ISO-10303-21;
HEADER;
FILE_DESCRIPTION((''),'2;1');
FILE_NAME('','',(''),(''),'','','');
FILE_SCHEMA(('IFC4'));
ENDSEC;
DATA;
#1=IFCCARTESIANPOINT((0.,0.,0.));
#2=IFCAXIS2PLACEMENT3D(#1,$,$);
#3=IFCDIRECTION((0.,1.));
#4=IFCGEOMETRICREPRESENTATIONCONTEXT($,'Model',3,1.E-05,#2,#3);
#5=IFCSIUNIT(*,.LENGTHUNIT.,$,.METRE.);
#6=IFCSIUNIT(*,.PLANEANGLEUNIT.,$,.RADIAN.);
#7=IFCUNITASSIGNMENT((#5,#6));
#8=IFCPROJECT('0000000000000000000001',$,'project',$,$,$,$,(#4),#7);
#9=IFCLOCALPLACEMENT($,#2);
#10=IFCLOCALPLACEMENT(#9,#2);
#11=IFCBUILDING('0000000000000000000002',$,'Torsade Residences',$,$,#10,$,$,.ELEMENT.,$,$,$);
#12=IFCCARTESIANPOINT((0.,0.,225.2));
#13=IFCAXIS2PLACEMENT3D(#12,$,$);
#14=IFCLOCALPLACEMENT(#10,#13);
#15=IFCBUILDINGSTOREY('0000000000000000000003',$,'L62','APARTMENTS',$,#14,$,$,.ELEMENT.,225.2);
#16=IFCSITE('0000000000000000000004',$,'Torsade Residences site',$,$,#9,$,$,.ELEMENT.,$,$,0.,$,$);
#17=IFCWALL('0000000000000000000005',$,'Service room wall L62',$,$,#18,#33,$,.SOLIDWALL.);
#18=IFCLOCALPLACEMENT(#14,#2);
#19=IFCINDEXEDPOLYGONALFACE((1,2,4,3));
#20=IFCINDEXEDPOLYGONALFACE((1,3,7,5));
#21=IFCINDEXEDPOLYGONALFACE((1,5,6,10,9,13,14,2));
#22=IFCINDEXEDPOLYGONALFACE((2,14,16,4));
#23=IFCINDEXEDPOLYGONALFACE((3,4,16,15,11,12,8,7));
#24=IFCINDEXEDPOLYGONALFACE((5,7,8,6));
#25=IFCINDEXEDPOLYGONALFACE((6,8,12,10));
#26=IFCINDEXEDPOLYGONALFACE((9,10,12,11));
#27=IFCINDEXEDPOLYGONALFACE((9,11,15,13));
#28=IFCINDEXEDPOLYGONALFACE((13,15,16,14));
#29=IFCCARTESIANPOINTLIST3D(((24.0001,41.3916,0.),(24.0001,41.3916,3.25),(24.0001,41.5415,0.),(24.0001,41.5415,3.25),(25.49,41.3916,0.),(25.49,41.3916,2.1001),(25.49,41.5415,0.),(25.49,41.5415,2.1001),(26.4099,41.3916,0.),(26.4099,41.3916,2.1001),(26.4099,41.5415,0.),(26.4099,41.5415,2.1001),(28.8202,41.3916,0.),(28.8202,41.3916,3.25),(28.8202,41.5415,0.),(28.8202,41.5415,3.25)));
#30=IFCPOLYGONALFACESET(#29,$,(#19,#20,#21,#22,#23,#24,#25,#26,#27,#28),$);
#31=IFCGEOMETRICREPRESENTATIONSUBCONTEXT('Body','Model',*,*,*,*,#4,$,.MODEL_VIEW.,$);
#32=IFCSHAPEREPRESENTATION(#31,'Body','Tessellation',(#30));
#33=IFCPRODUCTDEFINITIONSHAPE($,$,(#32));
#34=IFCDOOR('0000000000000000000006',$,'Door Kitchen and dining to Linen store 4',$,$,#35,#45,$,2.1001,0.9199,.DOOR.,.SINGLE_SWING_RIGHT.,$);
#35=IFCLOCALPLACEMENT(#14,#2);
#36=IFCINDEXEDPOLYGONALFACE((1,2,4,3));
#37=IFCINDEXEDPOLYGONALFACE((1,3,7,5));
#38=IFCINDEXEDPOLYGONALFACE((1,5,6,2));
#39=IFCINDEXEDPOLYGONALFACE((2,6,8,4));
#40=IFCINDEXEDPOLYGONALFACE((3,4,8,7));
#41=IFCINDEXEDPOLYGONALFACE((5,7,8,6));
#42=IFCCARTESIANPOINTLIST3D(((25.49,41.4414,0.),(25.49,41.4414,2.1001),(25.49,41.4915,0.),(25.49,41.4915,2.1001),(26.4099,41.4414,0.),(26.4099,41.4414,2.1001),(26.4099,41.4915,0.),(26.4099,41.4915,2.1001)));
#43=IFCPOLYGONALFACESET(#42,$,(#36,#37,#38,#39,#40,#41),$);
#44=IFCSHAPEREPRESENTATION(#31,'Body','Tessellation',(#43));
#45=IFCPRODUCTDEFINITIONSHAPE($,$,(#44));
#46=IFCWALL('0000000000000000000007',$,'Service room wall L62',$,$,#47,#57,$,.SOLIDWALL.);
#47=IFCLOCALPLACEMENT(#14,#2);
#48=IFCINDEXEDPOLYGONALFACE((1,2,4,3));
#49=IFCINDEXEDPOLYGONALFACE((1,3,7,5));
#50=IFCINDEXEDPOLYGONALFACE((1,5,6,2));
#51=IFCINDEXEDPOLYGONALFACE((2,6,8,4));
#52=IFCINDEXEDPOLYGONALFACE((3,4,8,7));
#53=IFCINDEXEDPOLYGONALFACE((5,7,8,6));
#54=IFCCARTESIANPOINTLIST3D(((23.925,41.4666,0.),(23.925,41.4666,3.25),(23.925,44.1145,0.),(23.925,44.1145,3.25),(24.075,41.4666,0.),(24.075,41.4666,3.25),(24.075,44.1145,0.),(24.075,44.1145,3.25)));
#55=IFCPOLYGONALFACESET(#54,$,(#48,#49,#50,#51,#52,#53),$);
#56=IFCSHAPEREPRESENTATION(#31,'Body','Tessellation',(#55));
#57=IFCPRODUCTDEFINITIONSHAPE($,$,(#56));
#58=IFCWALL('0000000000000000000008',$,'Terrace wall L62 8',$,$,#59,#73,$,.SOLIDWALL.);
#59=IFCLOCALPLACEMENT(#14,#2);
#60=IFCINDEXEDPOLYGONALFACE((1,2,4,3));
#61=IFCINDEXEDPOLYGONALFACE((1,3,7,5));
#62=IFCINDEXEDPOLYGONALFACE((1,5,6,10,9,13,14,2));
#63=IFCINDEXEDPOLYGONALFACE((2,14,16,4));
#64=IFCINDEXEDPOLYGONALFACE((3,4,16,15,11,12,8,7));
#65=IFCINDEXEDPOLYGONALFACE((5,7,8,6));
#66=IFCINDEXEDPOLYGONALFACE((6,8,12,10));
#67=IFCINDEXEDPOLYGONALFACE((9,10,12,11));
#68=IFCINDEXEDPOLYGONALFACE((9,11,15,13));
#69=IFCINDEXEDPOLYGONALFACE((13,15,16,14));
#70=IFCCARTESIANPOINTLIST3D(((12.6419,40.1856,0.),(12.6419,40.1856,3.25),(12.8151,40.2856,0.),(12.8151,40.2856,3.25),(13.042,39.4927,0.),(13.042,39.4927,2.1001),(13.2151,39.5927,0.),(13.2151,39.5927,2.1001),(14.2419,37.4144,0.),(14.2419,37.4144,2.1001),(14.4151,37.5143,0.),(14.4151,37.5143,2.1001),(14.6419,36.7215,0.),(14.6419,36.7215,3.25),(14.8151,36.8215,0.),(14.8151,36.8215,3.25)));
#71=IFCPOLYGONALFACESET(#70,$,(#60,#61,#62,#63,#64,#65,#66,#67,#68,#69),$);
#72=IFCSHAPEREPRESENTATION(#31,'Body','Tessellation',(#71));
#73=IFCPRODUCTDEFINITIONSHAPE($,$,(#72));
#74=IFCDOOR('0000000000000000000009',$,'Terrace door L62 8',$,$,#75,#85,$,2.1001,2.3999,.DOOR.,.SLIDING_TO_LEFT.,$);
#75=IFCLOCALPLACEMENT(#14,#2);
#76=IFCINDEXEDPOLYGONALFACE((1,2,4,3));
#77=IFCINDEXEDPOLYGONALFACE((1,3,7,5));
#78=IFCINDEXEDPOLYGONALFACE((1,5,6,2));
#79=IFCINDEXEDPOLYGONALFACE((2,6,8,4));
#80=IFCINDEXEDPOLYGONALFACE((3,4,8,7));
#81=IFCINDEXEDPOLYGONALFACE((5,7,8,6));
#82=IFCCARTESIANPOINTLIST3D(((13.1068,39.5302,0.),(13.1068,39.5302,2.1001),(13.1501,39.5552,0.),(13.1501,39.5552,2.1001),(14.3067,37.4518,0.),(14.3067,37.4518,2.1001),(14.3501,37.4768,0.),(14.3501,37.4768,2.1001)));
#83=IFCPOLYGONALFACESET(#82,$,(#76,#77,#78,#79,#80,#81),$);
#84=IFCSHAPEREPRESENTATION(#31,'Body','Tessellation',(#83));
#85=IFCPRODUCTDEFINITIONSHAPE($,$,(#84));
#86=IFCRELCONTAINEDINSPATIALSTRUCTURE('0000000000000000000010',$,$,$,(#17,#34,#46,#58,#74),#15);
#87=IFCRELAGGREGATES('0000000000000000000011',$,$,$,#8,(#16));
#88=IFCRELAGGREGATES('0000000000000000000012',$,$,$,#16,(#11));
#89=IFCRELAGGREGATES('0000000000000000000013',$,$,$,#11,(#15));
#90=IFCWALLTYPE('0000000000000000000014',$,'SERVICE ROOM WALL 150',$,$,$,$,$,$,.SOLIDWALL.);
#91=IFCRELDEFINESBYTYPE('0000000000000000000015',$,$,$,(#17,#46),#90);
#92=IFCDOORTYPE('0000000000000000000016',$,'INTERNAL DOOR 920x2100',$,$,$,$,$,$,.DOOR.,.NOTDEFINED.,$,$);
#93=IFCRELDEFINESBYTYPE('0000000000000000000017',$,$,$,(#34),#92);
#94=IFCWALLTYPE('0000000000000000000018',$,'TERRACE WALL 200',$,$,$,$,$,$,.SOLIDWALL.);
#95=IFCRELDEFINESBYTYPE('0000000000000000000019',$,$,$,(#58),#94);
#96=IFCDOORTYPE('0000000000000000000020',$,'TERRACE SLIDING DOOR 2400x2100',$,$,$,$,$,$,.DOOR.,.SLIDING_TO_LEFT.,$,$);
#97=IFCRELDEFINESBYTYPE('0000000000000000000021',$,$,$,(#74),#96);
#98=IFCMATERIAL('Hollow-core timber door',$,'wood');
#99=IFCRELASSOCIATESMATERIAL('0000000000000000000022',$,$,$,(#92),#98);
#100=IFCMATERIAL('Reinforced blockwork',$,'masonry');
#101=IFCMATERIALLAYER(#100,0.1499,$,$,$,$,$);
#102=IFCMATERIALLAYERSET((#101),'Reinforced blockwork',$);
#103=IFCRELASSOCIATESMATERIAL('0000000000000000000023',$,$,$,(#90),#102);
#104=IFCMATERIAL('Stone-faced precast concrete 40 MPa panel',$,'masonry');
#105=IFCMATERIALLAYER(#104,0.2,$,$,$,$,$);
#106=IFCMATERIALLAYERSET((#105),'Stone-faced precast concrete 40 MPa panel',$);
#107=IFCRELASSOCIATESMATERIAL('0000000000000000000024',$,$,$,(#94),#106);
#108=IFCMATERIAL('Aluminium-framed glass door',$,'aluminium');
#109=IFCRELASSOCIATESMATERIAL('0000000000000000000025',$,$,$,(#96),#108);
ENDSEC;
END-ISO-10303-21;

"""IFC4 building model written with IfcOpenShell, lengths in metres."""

from ifc_helpers import new_model, si_unit, direction, frame, frame_2d, origin, place, context, subcontext, project, spatial, rectangle, extrude, material, layer, layer_set, type_object, element, fill, save


model = new_model("IFC4")

# Units and contexts
model_context = context("Model", 3, precision=1e-05, world=origin(), true_north=direction((0.0, 1.0)))
body_context = subcontext(model_context, "Body", "Model", "MODEL_VIEW")
ifc_project = project(units=[si_unit("LENGTHUNIT", "METRE"), si_unit("PLANEANGLEUNIT", "RADIAN")], contexts=[model_context])

# Site, building, storey
site_placement = place(None, origin())
site = spatial("IfcSite", under=ifc_project, at=site_placement, Name="Torsade Residences site", CompositionType="ELEMENT", RefElevation=0.0)
building_placement = place(site_placement, origin())
building = spatial("IfcBuilding", under=site, at=building_placement, Name="Torsade Residences", CompositionType="ELEMENT")
storey_placement = place(building_placement, frame((0.0, 0.0, 225.2)))
storey = spatial("IfcBuildingStorey", under=building, at=storey_placement, Name="L62", Description="APARTMENTS", CompositionType="ELEMENT", Elevation=225.2)

# Wall, opening, door
ifc_material_1 = material(Name="Hollow-core timber door", Category="wood")
door_type_1 = type_object("IfcDoorType", Name="INTERNAL DOOR 920x2100", OperationType="NOTDEFINED", PredefinedType="DOOR", material=ifc_material_1)
ifc_material_2 = material(Name="Reinforced blockwork", Category="masonry")
ifc_layer_1 = layer(ifc_material_2, 0.1499)
ifc_layer_set_1 = layer_set([ifc_layer_1], Name="Reinforced blockwork")
wall_type_1 = type_object("IfcWallType", Name="SERVICE ROOM WALL 150", PredefinedType="SOLIDWALL", material=ifc_layer_set_1)
wall_1_placement = place(storey_placement, frame((24.0, 41.4666, 0.0), z_axis=(0.0, 0.0, 1.0), x_axis=(1.0, 0.0, 0.0)))
wall_1 = element("IfcWall", 1, at=wall_1_placement, inside=storey, type_object=wall_type_1, Name="Service room wall L62", PredefinedType="SOLIDWALL", context=body_context, shape_type="SweptSolid", body=[
    extrude(rectangle(XDim=4.8201, YDim=0.1499, at=frame_2d((2.4102, 0.0))), origin(), (0.0, 0.0, 1.0), 3.25),
])
opening_1_placement = place(wall_1_placement, frame((1.49, 0.0, 0.0)))
opening_1 = element("IfcOpeningElement", 2, at=opening_1_placement, cuts=wall_1, PredefinedType="OPENING", context=body_context, shape_type="SweptSolid", body=[
    extrude(rectangle(XDim=0.9199, YDim=2.1001, at=frame_2d((0.46, 1.05))), frame((0.0, 0.085, 0.0), z_axis=(0.0, -1.0, 0.0), x_axis=(1.0, 0.0, 0.0)), (0.0, 0.0, 1.0), 0.1699),
])
door_1_placement = place(opening_1_placement, origin())
door_1 = element("IfcDoor", 3, at=door_1_placement, inside=storey, type_object=door_type_1, Name="Door Kitchen and dining to Linen store 4", OperationType="SINGLE_SWING_RIGHT", OverallHeight=2.1001, OverallWidth=0.9199, PredefinedType="DOOR", context=body_context, shape_type="SweptSolid", body=[
    extrude(rectangle(XDim=0.9199, YDim=2.1001, at=frame_2d((0.46, 1.05))), frame((0.0, 0.0249, 0.0), z_axis=(0.0, -1.0, 0.0), x_axis=(1.0, 0.0, 0.0)), (0.0, 0.0, 1.0), 0.05),
])
fill(opening_1, door_1)

# Wall
wall_2_placement = place(storey_placement, frame((24.0, 44.1145, 0.0), z_axis=(0.0, 0.0, 1.0), x_axis=(0.0, -1.0, 0.0)))
element("IfcWall", 4, at=wall_2_placement, inside=storey, type_object=wall_type_1, Name="Service room wall L62", PredefinedType="SOLIDWALL", context=body_context, shape_type="SweptSolid", body=[
    extrude(rectangle(XDim=2.6479, YDim=0.1499, at=frame_2d((1.324, 0.0))), origin(), (0.0, 0.0, 1.0), 3.25),
])

# Wall, opening, door
ifc_material_3 = material(Name="Stone-faced precast concrete 40 MPa panel", Category="masonry")
ifc_layer_2 = layer(ifc_material_3, 0.2)
ifc_layer_set_2 = layer_set([ifc_layer_2], Name="Stone-faced precast concrete 40 MPa panel")
wall_type_2 = type_object("IfcWallType", Name="TERRACE WALL 200", PredefinedType="SOLIDWALL", material=ifc_layer_set_2)
wall_3_placement = place(storey_placement, frame((12.7285, 40.2356, 0.0), z_axis=(0.0, 0.0, 1.0), x_axis=(0.499999, -0.866026, 0.0)))
wall_3 = element("IfcWall", 5, at=wall_3_placement, inside=storey, type_object=wall_type_2, Name="Terrace wall L62 8", PredefinedType="SOLIDWALL", context=body_context, shape_type="SweptSolid", body=[
    extrude(rectangle(XDim=4.0, YDim=0.2, at=frame_2d((2.0, 0.0))), origin(), (0.0, 0.0, 1.0), 3.25),
])
opening_2_placement = place(wall_3_placement, frame((0.8, 0.0, 0.0)))
opening_2 = element("IfcOpeningElement", 6, at=opening_2_placement, cuts=wall_3, PredefinedType="OPENING", context=body_context, shape_type="SweptSolid", body=[
    extrude(rectangle(XDim=2.3999, YDim=2.1001, at=frame_2d((1.2, 1.05))), frame((0.0, 0.1099, 0.0), z_axis=(0.0, -1.0, 0.0), x_axis=(1.0, 0.0, 0.0)), (0.0, 0.0, 1.0), 0.22),
])
ifc_material_4 = material(Name="Aluminium-framed glass door", Category="aluminium")
door_type_2 = type_object("IfcDoorType", Name="TERRACE SLIDING DOOR 2400x2100", OperationType="SLIDING_TO_LEFT", PredefinedType="DOOR", material=ifc_material_4)
door_2_placement = place(opening_2_placement, origin())
door_2 = element("IfcDoor", 7, at=door_2_placement, inside=storey, type_object=door_type_2, Name="Terrace door L62 8", OperationType="SLIDING_TO_LEFT", OverallHeight=2.1001, OverallWidth=2.3999, PredefinedType="DOOR", context=body_context, shape_type="SweptSolid", body=[
    extrude(rectangle(XDim=2.3999, YDim=2.1001, at=frame_2d((1.2, 1.05))), frame((0.0, 0.0249, 0.0), z_axis=(0.0, -1.0, 0.0), x_axis=(1.0, 0.0, 0.0)), (0.0, 0.0, 1.0), 0.05),
])
fill(opening_2, door_2)

save(model, "model.ifc")
